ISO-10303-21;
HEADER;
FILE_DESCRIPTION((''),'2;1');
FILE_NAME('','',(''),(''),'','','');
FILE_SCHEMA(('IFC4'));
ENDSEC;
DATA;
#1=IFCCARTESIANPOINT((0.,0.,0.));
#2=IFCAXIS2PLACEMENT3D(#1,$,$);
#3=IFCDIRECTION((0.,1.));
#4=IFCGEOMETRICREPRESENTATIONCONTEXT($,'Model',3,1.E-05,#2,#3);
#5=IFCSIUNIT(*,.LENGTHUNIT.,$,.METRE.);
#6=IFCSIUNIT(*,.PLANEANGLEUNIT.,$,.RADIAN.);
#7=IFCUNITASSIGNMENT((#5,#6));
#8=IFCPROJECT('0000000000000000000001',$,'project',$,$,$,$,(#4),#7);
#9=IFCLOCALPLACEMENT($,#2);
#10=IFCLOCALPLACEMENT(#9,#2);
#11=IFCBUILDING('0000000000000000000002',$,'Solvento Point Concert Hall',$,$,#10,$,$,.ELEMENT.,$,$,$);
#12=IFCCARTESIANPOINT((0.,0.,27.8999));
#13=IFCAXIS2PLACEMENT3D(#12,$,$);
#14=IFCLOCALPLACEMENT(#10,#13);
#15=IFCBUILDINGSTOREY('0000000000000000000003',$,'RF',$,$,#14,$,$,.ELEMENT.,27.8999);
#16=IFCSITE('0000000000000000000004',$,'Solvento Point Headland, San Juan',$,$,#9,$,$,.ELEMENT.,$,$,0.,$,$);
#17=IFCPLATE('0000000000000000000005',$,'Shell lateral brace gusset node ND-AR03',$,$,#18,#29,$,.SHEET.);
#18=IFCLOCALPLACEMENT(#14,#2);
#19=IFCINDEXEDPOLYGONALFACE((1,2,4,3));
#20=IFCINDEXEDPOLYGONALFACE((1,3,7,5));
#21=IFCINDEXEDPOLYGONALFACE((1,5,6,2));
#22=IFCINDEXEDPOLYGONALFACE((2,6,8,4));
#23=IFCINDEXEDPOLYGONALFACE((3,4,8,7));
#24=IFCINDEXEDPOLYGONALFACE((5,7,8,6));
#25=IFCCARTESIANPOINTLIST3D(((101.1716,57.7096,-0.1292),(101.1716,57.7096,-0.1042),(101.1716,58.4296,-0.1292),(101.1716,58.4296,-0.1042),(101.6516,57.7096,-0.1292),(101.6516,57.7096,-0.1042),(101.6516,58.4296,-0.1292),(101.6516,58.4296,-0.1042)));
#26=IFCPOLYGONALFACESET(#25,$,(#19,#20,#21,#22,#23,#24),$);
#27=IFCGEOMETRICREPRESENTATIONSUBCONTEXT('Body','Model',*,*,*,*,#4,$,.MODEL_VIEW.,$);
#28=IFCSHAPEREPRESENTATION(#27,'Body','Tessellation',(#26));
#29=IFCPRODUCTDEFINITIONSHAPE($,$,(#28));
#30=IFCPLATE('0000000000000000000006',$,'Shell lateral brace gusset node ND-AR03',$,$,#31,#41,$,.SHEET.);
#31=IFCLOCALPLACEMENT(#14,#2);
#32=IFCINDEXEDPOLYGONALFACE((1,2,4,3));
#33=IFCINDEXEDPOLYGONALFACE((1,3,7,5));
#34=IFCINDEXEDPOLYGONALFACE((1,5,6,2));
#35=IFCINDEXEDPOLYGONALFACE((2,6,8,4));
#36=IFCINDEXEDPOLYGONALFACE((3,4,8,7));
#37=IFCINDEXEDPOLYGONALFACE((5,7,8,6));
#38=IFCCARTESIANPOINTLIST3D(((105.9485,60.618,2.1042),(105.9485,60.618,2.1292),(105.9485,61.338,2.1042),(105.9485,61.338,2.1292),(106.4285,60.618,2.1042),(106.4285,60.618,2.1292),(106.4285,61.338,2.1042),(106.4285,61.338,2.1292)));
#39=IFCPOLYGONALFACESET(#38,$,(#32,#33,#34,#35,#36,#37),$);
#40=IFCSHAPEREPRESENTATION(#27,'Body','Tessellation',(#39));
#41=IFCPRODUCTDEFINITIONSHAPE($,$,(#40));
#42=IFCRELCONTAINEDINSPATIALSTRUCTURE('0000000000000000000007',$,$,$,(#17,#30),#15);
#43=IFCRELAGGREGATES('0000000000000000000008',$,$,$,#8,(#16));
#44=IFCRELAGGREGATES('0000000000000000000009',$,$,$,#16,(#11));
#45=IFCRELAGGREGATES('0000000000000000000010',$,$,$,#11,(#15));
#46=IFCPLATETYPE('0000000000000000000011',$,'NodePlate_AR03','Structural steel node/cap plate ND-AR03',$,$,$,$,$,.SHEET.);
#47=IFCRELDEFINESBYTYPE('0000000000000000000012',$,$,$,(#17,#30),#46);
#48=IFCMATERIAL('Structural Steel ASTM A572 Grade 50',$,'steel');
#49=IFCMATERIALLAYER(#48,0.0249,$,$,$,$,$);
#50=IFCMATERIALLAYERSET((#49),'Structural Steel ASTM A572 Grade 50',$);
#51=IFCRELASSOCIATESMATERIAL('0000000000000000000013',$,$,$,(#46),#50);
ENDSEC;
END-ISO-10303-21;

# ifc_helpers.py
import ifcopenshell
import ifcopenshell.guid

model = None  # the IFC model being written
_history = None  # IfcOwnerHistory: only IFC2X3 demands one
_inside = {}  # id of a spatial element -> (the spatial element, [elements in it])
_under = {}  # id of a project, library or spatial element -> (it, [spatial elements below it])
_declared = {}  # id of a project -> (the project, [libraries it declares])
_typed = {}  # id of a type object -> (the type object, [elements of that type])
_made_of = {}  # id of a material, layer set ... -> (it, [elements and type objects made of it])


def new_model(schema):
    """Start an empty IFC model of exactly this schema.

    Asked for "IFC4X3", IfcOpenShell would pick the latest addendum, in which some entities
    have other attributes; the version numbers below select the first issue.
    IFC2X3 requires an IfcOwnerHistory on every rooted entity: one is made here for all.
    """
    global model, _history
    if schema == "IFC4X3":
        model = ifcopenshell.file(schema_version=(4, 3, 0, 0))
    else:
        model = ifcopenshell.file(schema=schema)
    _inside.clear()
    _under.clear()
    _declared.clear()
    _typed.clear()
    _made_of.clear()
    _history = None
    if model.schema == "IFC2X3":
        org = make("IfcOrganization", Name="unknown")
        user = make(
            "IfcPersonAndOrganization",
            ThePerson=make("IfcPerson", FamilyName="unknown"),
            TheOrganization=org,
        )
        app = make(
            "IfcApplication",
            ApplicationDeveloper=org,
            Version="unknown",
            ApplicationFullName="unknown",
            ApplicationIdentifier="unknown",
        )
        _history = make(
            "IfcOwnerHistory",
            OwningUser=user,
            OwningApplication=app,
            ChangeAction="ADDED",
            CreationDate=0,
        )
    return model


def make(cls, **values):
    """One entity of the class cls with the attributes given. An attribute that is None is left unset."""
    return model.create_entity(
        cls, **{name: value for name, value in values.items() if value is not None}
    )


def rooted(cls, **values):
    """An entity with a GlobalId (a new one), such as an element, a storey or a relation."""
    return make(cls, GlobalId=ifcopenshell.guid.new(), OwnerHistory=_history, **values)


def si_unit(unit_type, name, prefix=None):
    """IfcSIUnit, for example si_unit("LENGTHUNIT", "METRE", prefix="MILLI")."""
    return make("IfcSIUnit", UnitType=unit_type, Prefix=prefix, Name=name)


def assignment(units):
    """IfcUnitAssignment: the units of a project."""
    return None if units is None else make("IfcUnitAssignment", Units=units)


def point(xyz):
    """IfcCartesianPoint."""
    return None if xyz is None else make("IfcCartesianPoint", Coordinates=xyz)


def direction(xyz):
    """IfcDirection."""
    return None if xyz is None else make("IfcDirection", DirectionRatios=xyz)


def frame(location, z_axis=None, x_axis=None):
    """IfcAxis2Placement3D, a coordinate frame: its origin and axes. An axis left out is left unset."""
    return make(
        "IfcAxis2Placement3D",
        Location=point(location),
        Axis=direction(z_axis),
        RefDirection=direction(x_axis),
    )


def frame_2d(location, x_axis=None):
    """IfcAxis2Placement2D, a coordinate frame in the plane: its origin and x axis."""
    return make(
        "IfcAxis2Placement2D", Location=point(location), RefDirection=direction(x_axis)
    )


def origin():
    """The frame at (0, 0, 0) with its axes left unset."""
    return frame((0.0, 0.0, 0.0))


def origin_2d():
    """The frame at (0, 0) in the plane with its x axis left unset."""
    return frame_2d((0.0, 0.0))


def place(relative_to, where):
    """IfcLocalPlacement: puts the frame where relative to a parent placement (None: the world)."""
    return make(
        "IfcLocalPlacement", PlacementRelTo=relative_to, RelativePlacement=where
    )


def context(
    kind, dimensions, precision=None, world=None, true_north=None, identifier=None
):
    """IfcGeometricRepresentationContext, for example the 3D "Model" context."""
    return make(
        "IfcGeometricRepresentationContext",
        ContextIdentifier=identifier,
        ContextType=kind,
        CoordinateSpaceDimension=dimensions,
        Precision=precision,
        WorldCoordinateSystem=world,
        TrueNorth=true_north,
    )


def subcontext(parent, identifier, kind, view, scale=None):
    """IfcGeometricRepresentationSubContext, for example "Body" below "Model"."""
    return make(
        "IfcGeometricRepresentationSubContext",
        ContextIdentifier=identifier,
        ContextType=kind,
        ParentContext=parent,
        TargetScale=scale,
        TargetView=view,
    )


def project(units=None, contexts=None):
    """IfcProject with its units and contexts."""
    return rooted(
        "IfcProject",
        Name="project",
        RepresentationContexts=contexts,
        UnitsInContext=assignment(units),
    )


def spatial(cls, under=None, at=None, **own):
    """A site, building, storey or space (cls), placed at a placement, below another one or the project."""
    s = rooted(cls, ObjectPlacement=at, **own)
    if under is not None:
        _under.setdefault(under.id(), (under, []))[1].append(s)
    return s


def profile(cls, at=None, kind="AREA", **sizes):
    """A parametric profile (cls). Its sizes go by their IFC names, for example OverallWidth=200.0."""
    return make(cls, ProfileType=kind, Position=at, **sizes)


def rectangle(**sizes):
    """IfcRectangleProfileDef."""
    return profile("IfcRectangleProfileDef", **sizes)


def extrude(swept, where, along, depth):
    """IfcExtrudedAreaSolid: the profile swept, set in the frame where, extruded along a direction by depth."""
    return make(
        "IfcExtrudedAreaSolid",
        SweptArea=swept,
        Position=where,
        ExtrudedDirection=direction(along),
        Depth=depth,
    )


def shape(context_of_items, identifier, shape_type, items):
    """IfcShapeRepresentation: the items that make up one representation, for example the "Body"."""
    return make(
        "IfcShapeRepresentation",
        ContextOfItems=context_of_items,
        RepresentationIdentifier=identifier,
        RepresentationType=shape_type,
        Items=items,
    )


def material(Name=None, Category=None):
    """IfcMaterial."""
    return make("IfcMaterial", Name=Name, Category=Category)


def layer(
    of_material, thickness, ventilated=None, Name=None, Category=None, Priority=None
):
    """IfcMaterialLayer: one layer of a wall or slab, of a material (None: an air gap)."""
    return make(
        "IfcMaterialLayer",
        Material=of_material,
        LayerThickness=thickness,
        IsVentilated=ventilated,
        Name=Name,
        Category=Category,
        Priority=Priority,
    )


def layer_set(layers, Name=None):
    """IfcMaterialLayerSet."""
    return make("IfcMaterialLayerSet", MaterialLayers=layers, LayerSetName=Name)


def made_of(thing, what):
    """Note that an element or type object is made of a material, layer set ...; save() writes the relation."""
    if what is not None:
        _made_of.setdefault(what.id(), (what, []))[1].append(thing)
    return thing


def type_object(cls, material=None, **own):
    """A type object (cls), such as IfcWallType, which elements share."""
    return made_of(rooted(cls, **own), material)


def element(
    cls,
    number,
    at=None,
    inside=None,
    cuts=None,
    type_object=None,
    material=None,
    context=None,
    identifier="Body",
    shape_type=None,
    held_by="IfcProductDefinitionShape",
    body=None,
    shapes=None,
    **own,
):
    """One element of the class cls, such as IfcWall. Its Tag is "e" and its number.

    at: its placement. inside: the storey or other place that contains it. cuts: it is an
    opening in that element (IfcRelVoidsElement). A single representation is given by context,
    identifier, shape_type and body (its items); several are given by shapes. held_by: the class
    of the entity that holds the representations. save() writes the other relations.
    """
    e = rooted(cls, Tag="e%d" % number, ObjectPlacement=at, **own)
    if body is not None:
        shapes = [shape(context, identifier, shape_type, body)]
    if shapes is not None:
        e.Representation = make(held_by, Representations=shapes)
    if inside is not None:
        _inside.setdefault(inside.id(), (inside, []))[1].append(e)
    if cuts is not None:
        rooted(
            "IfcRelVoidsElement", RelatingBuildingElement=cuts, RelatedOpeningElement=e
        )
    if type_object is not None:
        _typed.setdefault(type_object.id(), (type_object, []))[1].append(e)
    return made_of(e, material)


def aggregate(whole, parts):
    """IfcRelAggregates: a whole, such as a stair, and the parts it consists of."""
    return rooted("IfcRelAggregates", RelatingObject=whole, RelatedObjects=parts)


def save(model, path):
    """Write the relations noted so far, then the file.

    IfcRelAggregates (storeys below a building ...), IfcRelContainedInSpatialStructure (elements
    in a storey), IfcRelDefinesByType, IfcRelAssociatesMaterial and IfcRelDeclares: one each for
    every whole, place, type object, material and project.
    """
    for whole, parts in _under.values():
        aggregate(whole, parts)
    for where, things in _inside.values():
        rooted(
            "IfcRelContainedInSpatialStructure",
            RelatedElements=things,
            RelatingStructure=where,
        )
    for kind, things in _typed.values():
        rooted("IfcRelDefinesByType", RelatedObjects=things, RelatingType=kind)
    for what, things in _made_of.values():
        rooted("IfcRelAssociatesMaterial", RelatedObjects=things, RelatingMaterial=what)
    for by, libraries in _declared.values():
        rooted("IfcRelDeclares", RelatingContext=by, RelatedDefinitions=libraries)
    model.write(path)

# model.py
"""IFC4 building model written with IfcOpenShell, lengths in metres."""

from ifc_helpers import new_model, si_unit, direction, frame, origin, origin_2d, place, context, subcontext, project, spatial, rectangle, extrude, material, layer, layer_set, type_object, element, save


model = new_model("IFC4")

# Units and contexts
model_context = context("Model", 3, precision=1e-05, world=origin(), true_north=direction((0.0, 1.0)))
body_context = subcontext(model_context, "Body", "Model", "MODEL_VIEW")
ifc_project = project(units=[si_unit("LENGTHUNIT", "METRE"), si_unit("PLANEANGLEUNIT", "RADIAN")], contexts=[model_context])

# Site, building, storey
site_placement = place(None, origin())
site = spatial("IfcSite", under=ifc_project, at=site_placement, Name="Solvento Point Headland, San Juan", CompositionType="ELEMENT", RefElevation=0.0)
building_placement = place(site_placement, origin())
building = spatial("IfcBuilding", under=site, at=building_placement, Name="Solvento Point Concert Hall", CompositionType="ELEMENT")
storey_placement = place(building_placement, frame((0.0, 0.0, 27.8999)))
storey = spatial("IfcBuildingStorey", under=building, at=storey_placement, Name="RF", CompositionType="ELEMENT", Elevation=27.8999)

# Plates
ifc_material_1 = material(Name="Structural Steel ASTM A572 Grade 50", Category="steel")
ifc_layer_1 = layer(ifc_material_1, 0.0249)
ifc_layer_set_1 = layer_set([ifc_layer_1], Name="Structural Steel ASTM A572 Grade 50")
plate_type_1 = type_object("IfcPlateType", Name="NodePlate_AR03", Description="Structural steel node/cap plate ND-AR03", PredefinedType="SHEET", material=ifc_layer_set_1)
for number, where, z_axis, x_axis, name in (
    (1, (101.4116, 58.0696, -0.1292), (0.0, 0.0, 1.0), (0.0, 1.0, 0.0), "Shell lateral brace gusset node ND-AR03"),
    (2, (106.1885, 60.978, 2.1042), (0.0, 0.0, 1.0), (0.0, 1.0, 0.0), "Shell lateral brace gusset node ND-AR03"),
):
    element("IfcPlate", number, at=place(storey_placement, frame(where, z_axis=z_axis, x_axis=x_axis)), inside=storey, type_object=plate_type_1, Name=name, PredefinedType="SHEET", context=body_context, shape_type="SweptSolid", body=[
        extrude(rectangle(XDim=0.72, YDim=0.48, at=origin_2d()), origin(), (0.0, 0.0, 1.0), 0.0249),
    ])

save(model, "model.ifc")
